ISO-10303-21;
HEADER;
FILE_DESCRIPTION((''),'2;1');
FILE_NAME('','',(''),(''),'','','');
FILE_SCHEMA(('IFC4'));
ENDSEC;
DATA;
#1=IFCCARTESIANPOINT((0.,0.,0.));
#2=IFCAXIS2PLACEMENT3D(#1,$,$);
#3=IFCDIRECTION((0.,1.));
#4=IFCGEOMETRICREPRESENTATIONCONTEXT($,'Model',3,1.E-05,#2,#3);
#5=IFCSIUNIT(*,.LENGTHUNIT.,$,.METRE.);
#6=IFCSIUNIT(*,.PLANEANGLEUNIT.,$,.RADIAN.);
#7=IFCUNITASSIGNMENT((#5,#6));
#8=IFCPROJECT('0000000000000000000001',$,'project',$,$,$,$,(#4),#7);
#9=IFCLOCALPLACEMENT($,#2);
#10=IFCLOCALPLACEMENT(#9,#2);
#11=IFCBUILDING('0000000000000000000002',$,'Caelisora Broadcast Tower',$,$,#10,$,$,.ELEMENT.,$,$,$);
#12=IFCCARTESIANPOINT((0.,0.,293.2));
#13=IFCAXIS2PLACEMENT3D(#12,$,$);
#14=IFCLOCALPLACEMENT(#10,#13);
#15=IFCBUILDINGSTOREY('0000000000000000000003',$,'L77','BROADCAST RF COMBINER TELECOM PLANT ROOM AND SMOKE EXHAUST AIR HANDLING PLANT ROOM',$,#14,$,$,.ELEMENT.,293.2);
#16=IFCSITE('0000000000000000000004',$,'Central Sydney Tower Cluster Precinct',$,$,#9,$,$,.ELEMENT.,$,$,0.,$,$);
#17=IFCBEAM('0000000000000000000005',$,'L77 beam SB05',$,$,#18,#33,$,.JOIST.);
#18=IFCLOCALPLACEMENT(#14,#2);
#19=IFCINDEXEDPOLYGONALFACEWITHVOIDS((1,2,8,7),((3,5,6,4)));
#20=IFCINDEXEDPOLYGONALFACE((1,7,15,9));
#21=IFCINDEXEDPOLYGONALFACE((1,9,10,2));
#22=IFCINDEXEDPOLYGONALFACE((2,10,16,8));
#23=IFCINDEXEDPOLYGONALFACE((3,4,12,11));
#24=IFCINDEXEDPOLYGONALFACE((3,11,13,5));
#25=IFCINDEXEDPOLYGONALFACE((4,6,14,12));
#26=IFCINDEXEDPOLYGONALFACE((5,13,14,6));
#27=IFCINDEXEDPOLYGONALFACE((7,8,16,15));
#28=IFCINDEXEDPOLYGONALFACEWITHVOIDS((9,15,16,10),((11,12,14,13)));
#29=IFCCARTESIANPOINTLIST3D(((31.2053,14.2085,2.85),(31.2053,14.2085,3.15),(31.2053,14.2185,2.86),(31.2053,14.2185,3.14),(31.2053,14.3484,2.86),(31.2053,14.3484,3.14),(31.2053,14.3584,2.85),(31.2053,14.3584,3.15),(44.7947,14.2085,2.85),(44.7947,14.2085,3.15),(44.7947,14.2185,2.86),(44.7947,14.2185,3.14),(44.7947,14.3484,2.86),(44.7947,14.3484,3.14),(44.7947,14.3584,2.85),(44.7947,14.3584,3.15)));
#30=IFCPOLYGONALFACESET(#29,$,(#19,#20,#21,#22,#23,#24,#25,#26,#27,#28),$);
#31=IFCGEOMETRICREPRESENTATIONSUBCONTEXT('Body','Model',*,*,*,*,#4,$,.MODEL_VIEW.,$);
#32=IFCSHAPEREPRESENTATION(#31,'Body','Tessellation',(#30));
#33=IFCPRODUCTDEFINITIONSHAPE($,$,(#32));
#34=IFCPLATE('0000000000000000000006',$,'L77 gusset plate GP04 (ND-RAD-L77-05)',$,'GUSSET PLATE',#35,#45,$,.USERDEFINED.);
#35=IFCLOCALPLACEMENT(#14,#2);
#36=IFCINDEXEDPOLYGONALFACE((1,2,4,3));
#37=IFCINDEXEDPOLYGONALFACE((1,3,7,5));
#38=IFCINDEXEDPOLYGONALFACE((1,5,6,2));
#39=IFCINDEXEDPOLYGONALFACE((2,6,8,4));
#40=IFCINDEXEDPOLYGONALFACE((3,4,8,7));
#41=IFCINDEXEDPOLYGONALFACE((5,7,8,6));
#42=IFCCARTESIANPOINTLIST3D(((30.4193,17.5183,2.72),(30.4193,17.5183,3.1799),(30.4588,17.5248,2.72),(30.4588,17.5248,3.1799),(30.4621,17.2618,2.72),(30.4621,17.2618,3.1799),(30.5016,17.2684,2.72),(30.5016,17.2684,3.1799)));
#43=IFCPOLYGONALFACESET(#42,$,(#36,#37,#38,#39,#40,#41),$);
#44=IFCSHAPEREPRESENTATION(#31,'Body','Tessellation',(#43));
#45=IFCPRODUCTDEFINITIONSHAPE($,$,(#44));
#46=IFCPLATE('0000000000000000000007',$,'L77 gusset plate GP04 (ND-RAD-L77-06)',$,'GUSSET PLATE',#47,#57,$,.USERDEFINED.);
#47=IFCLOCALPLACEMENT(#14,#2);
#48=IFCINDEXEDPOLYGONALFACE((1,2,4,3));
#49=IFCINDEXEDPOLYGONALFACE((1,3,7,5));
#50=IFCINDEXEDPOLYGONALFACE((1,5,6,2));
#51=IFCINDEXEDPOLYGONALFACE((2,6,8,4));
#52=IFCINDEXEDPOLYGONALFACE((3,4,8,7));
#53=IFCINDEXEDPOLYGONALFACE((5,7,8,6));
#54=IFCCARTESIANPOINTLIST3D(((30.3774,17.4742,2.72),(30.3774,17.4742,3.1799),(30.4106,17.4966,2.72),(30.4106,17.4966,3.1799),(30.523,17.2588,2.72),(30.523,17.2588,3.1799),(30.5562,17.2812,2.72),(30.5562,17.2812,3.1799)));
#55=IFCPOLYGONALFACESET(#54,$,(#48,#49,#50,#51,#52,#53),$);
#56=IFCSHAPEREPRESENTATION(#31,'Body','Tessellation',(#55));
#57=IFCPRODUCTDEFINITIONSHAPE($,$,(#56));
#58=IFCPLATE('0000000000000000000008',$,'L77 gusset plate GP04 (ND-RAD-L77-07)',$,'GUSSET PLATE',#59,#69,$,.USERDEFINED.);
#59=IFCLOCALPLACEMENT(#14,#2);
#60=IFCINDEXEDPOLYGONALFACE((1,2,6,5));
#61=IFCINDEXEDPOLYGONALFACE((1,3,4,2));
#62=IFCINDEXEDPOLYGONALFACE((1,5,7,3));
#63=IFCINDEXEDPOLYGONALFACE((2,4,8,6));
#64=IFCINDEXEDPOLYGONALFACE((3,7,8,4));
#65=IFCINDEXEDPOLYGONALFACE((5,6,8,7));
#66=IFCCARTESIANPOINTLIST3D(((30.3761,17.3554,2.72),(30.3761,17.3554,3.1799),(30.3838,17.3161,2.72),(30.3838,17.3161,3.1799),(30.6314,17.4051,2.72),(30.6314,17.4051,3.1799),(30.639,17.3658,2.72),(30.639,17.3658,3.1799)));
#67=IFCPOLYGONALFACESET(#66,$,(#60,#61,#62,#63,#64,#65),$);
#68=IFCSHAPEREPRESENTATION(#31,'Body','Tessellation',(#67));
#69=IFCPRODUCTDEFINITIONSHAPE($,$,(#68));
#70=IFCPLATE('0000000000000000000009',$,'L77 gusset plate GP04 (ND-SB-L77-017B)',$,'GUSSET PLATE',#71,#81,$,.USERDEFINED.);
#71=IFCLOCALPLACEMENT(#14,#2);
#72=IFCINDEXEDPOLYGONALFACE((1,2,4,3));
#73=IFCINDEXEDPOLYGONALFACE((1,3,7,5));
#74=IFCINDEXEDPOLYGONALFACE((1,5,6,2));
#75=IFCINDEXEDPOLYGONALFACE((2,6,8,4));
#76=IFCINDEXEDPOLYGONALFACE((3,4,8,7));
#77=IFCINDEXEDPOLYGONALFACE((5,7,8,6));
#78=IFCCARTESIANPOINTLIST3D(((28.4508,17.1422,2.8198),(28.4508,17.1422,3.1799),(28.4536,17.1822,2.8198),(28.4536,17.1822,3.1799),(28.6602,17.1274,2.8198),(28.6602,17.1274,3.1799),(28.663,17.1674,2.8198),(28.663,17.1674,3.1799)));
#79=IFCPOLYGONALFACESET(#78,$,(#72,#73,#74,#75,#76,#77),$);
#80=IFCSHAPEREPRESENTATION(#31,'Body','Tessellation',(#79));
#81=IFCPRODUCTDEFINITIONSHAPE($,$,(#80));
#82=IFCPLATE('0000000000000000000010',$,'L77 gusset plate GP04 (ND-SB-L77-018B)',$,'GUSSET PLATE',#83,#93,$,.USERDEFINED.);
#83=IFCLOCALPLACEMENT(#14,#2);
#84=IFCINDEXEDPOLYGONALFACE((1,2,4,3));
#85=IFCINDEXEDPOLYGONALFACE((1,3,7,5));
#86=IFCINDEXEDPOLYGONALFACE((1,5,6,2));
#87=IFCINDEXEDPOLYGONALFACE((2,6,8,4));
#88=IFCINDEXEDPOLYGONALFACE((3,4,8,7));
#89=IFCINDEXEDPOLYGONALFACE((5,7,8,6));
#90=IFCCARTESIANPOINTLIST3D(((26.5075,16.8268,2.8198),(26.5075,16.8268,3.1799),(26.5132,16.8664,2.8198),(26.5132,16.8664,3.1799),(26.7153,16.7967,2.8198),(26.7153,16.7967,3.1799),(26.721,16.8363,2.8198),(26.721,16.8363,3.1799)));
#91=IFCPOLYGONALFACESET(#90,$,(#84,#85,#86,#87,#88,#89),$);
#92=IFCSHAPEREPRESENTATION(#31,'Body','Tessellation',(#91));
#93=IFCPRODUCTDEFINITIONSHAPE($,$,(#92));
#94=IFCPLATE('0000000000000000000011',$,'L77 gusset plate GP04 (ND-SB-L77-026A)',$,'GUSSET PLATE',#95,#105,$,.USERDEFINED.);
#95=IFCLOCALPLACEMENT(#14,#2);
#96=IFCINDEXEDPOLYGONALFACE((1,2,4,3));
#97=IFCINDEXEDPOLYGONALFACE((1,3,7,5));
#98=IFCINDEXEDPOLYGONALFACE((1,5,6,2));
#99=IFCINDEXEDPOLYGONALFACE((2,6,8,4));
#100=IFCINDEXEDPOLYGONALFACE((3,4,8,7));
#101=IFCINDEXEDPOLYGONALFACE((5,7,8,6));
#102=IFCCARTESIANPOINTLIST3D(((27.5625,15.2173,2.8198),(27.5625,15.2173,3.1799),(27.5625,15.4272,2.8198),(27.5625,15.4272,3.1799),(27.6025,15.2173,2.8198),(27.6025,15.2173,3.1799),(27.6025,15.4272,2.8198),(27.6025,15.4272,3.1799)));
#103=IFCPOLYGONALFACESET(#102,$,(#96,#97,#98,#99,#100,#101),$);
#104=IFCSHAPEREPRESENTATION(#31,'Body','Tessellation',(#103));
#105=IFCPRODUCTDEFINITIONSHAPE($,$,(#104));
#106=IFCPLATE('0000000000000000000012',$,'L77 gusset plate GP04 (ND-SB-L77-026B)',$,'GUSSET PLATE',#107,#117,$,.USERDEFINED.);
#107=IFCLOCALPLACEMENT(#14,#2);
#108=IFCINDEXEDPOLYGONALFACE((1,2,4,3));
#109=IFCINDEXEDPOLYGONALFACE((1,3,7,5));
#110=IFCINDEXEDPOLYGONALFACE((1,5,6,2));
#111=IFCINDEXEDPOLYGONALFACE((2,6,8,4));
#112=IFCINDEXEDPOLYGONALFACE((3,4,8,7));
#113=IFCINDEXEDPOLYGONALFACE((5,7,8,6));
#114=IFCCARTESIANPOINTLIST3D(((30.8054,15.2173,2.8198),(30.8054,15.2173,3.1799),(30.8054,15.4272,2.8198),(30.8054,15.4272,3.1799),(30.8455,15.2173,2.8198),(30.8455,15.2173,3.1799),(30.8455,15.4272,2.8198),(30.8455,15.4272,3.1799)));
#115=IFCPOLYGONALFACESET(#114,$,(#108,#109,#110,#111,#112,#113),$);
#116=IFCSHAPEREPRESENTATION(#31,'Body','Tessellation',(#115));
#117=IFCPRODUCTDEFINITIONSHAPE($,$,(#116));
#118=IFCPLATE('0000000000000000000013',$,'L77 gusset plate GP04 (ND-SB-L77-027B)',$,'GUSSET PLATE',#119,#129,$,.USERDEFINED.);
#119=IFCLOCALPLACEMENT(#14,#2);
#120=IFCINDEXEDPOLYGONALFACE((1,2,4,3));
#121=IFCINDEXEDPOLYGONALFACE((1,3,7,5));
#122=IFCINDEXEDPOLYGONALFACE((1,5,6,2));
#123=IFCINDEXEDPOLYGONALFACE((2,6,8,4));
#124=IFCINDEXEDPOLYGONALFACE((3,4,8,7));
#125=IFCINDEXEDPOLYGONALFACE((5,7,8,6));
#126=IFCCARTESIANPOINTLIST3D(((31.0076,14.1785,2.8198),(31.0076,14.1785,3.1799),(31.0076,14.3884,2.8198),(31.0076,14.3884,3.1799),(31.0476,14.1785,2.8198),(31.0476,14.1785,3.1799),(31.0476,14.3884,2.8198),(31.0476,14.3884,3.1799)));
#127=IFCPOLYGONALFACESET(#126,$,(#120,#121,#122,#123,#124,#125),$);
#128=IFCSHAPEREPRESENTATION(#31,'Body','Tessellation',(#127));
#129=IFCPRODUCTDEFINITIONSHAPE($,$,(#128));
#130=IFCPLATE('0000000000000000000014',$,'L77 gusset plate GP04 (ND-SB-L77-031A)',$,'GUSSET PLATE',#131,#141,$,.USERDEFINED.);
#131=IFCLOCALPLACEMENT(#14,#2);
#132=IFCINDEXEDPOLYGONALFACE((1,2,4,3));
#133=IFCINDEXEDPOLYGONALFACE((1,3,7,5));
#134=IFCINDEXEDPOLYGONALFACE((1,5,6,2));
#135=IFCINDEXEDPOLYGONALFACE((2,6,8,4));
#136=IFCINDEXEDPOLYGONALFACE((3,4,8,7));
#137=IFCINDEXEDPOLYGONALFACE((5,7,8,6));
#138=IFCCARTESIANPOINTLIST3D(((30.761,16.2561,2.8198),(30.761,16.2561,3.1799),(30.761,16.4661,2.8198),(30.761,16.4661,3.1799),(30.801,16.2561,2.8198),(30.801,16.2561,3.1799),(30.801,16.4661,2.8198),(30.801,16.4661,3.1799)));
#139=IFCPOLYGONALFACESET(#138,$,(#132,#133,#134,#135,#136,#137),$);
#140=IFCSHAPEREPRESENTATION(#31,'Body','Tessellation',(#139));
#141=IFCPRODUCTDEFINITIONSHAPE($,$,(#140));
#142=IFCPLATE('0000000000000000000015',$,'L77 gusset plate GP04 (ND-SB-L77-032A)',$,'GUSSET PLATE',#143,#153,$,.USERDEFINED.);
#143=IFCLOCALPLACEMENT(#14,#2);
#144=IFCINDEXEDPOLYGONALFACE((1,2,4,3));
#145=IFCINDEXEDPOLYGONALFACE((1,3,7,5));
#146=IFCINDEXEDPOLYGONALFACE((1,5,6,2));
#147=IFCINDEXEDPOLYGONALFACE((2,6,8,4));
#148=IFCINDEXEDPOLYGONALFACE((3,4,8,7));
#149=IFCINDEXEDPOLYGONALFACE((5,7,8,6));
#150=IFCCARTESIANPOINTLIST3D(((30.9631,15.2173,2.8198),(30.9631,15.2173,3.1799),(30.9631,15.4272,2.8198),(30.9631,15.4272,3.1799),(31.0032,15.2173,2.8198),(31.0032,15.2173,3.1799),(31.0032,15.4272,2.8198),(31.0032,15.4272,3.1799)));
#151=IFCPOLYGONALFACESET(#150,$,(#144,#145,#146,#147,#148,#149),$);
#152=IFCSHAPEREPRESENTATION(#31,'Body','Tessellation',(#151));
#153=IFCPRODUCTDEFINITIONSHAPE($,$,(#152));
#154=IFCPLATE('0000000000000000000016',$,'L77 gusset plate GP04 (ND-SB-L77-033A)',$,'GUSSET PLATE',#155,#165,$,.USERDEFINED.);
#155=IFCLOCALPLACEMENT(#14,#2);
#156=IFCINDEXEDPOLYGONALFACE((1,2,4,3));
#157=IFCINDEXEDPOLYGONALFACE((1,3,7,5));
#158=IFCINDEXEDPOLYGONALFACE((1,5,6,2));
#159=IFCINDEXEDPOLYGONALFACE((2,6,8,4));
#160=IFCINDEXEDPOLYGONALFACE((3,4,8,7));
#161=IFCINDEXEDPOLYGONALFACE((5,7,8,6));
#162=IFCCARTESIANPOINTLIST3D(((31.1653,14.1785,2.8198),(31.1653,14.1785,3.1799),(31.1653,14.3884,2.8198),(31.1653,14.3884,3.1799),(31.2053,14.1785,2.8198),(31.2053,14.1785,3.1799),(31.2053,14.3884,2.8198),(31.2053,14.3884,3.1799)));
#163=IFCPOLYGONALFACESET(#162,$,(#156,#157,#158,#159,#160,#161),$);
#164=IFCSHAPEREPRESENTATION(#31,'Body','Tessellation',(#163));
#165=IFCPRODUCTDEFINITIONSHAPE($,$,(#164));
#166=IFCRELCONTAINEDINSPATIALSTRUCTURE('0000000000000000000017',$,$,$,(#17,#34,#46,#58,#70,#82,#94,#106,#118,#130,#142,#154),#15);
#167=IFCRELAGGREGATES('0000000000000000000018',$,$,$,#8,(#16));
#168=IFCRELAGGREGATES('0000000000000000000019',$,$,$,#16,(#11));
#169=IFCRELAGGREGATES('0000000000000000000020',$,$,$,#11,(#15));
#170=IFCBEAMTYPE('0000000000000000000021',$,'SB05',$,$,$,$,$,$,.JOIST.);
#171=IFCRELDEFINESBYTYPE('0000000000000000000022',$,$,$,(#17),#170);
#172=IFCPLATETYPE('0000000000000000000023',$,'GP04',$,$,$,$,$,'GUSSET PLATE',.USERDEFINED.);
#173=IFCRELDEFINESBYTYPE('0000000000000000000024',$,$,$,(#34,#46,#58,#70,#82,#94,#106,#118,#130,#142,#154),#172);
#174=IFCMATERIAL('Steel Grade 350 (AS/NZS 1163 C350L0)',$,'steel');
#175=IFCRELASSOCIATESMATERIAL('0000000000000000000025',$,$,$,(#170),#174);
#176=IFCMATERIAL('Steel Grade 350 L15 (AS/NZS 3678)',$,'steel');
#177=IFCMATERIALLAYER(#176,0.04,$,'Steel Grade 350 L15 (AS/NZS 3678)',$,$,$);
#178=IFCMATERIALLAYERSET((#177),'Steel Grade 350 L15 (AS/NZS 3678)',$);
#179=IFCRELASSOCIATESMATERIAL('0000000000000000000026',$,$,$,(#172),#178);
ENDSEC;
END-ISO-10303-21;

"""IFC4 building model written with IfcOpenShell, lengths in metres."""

from ifc_helpers import new_model, si_unit, direction, frame, origin, origin_2d, place, context, subcontext, project, spatial, rectangle, hollow_rectangle, extrude, source, transform, mapped, material, layer, layer_set, material_profile, profile_set, type_object, type_shapes, element, save


model = new_model("IFC4")

# Units and contexts
model_context = context("Model", 3, precision=1e-05, world=origin(), true_north=direction((0.0, 1.0)))
body_context = subcontext(model_context, "Body", "Model", "MODEL_VIEW")
ifc_project = project(units=[si_unit("LENGTHUNIT", "METRE"), si_unit("PLANEANGLEUNIT", "RADIAN")], contexts=[model_context])

# Site, building, storey
site_placement = place(None, origin())
site = spatial("IfcSite", under=ifc_project, at=site_placement, Name="Central Sydney Tower Cluster Precinct", CompositionType="ELEMENT", RefElevation=0.0)
building_placement = place(site_placement, origin())
building = spatial("IfcBuilding", under=site, at=building_placement, Name="Caelisora Broadcast Tower", CompositionType="ELEMENT")
storey_placement = place(building_placement, frame((0.0, 0.0, 293.2)))
storey = spatial("IfcBuildingStorey", under=building, at=storey_placement, Name="L77", Description="BROADCAST RF COMBINER TELECOM PLANT ROOM AND SMOKE EXHAUST AIR HANDLING PLANT ROOM", CompositionType="ELEMENT", Elevation=293.2)

# Shared definitions
ifc_material_1 = material(Name="Steel Grade 350 (AS/NZS 1163 C350L0)", Category="steel")

# Beam
ifc_material_profile_1 = material_profile(ifc_material_1, hollow_rectangle(XDim=0.1499, YDim=0.3, WallThickness=0.01, at=origin_2d()), Name="Steel Grade 350 (AS/NZS 1163 C350L0)")
ifc_profile_set_1 = profile_set([ifc_material_profile_1], Name="Steel Grade 350 (AS/NZS 1163 C350L0)")
beam_type_1 = type_object("IfcBeamType", Name="SB05", PredefinedType="JOIST", material=ifc_profile_set_1)
shared_shape_1 = source(origin(), body_context, "Body", "SweptSolid", [
    extrude(hollow_rectangle(XDim=0.1499, YDim=0.3, WallThickness=0.01, at=origin_2d()), origin(), (0.0, 0.0, 1.0), 13.5894),
])
beam_1_placement = place(storey_placement, frame((31.2053, 14.2834, 3.0), z_axis=(1.0, 0.0, 0.0), x_axis=(0.0, 1.0, 0.0)))
element("IfcBeam", 1, at=beam_1_placement, inside=storey, type_object=beam_type_1, Name="L77 beam SB05", PredefinedType="JOIST", context=body_context, shape_type="MappedRepresentation", body=[
    mapped(shared_shape_1, transform((0.0, 0.0, 0.0), scale=1.0)),
])

# Plates
ifc_material_2 = material(Name="Steel Grade 350 L15 (AS/NZS 3678)", Category="steel")
ifc_layer_1 = layer(ifc_material_2, 0.04, Name="Steel Grade 350 L15 (AS/NZS 3678)")
ifc_layer_set_1 = layer_set([ifc_layer_1], Name="Steel Grade 350 L15 (AS/NZS 3678)")
plate_type = type_object("IfcPlateType", Name="GP04", ElementType="GUSSET PLATE", PredefinedType="USERDEFINED", material=ifc_layer_set_1)
shared_shape_2 = source(origin(), body_context, "Body", "SweptSolid", [
    extrude(rectangle(XDim=0.26, YDim=0.04, at=origin_2d()), origin(), (0.0, 0.0, 1.0), 0.46),
])
for number, where, z_axis, x_axis, name in (
    (2, (30.4604, 17.3933, 2.72), (0.0, 0.0, 1.0), (0.164359, -0.986401, 0.0), "L77 gusset plate GP04 (ND-RAD-L77-05)"),
    (3, (30.4668, 17.3777, 2.72), (0.0, 0.0, 1.0), (0.560061, -0.828452, 0.0), "L77 gusset plate GP04 (ND-RAD-L77-06)"),
    (4, (30.5076, 17.3606, 2.72), (0.0, 0.0, 1.0), (0.981594, 0.19098, 0.0), "L77 gusset plate GP04 (ND-RAD-L77-07)"),
):
    element("IfcPlate", number, at=place(storey_placement, frame(where, z_axis=z_axis, x_axis=x_axis)), inside=storey, type_object=plate_type, Name=name, ObjectType="GUSSET PLATE", PredefinedType="USERDEFINED", context=body_context, shape_type="MappedRepresentation", body=[
        mapped(shared_shape_2, transform((0.0, 0.0, 0.0), scale=1.0)),
    ])
shared_shape_3 = source(origin(), body_context, "Body", "SweptSolid", [
    extrude(rectangle(XDim=0.21, YDim=0.04, at=origin_2d()), origin(), (0.0, 0.0, 1.0), 0.3601),
])
type_shapes(plate_type, [shared_shape_2, shared_shape_3])
for number, where, z_axis, x_axis, name in (
    (5, (28.5569, 17.1548, 2.8198), (0.0, 0.0, 1.0), (0.997515, -0.070453, 0.0), "L77 gusset plate GP04 (ND-SB-L77-017B)"),
    (6, (26.6143, 16.8315, 2.8198), (0.0, 0.0, 1.0), (0.989676, -0.14332, 0.0), "L77 gusset plate GP04 (ND-SB-L77-018B)"),
    (7, (27.5825, 15.3223, 2.8198), (0.0, 0.0, 1.0), (0.0, 1.0, 0.0), "L77 gusset plate GP04 (ND-SB-L77-026A)"),
    (8, (30.8254, 15.3223, 2.8198), (0.0, 0.0, 1.0), (0.0, 1.0, 0.0), "L77 gusset plate GP04 (ND-SB-L77-026B)"),
    (9, (31.0276, 14.2834, 2.8198), (0.0, 0.0, 1.0), (0.0, 1.0, 0.0), "L77 gusset plate GP04 (ND-SB-L77-027B)"),
    (10, (30.781, 16.3611, 2.8198), (0.0, 0.0, 1.0), (0.0, 1.0, 0.0), "L77 gusset plate GP04 (ND-SB-L77-031A)"),
    (11, (30.9832, 15.3223, 2.8198), (0.0, 0.0, 1.0), (0.0, 1.0, 0.0), "L77 gusset plate GP04 (ND-SB-L77-032A)"),
    (12, (31.1853, 14.2834, 2.8198), (0.0, 0.0, 1.0), (0.0, 1.0, 0.0), "L77 gusset plate GP04 (ND-SB-L77-033A)"),
):
    element("IfcPlate", number, at=place(storey_placement, frame(where, z_axis=z_axis, x_axis=x_axis)), inside=storey, type_object=plate_type, Name=name, ObjectType="GUSSET PLATE", PredefinedType="USERDEFINED", context=body_context, shape_type="MappedRepresentation", body=[
        mapped(shared_shape_3, transform((0.0, 0.0, 0.0), scale=1.0)),
    ])

save(model, "model.ifc")
